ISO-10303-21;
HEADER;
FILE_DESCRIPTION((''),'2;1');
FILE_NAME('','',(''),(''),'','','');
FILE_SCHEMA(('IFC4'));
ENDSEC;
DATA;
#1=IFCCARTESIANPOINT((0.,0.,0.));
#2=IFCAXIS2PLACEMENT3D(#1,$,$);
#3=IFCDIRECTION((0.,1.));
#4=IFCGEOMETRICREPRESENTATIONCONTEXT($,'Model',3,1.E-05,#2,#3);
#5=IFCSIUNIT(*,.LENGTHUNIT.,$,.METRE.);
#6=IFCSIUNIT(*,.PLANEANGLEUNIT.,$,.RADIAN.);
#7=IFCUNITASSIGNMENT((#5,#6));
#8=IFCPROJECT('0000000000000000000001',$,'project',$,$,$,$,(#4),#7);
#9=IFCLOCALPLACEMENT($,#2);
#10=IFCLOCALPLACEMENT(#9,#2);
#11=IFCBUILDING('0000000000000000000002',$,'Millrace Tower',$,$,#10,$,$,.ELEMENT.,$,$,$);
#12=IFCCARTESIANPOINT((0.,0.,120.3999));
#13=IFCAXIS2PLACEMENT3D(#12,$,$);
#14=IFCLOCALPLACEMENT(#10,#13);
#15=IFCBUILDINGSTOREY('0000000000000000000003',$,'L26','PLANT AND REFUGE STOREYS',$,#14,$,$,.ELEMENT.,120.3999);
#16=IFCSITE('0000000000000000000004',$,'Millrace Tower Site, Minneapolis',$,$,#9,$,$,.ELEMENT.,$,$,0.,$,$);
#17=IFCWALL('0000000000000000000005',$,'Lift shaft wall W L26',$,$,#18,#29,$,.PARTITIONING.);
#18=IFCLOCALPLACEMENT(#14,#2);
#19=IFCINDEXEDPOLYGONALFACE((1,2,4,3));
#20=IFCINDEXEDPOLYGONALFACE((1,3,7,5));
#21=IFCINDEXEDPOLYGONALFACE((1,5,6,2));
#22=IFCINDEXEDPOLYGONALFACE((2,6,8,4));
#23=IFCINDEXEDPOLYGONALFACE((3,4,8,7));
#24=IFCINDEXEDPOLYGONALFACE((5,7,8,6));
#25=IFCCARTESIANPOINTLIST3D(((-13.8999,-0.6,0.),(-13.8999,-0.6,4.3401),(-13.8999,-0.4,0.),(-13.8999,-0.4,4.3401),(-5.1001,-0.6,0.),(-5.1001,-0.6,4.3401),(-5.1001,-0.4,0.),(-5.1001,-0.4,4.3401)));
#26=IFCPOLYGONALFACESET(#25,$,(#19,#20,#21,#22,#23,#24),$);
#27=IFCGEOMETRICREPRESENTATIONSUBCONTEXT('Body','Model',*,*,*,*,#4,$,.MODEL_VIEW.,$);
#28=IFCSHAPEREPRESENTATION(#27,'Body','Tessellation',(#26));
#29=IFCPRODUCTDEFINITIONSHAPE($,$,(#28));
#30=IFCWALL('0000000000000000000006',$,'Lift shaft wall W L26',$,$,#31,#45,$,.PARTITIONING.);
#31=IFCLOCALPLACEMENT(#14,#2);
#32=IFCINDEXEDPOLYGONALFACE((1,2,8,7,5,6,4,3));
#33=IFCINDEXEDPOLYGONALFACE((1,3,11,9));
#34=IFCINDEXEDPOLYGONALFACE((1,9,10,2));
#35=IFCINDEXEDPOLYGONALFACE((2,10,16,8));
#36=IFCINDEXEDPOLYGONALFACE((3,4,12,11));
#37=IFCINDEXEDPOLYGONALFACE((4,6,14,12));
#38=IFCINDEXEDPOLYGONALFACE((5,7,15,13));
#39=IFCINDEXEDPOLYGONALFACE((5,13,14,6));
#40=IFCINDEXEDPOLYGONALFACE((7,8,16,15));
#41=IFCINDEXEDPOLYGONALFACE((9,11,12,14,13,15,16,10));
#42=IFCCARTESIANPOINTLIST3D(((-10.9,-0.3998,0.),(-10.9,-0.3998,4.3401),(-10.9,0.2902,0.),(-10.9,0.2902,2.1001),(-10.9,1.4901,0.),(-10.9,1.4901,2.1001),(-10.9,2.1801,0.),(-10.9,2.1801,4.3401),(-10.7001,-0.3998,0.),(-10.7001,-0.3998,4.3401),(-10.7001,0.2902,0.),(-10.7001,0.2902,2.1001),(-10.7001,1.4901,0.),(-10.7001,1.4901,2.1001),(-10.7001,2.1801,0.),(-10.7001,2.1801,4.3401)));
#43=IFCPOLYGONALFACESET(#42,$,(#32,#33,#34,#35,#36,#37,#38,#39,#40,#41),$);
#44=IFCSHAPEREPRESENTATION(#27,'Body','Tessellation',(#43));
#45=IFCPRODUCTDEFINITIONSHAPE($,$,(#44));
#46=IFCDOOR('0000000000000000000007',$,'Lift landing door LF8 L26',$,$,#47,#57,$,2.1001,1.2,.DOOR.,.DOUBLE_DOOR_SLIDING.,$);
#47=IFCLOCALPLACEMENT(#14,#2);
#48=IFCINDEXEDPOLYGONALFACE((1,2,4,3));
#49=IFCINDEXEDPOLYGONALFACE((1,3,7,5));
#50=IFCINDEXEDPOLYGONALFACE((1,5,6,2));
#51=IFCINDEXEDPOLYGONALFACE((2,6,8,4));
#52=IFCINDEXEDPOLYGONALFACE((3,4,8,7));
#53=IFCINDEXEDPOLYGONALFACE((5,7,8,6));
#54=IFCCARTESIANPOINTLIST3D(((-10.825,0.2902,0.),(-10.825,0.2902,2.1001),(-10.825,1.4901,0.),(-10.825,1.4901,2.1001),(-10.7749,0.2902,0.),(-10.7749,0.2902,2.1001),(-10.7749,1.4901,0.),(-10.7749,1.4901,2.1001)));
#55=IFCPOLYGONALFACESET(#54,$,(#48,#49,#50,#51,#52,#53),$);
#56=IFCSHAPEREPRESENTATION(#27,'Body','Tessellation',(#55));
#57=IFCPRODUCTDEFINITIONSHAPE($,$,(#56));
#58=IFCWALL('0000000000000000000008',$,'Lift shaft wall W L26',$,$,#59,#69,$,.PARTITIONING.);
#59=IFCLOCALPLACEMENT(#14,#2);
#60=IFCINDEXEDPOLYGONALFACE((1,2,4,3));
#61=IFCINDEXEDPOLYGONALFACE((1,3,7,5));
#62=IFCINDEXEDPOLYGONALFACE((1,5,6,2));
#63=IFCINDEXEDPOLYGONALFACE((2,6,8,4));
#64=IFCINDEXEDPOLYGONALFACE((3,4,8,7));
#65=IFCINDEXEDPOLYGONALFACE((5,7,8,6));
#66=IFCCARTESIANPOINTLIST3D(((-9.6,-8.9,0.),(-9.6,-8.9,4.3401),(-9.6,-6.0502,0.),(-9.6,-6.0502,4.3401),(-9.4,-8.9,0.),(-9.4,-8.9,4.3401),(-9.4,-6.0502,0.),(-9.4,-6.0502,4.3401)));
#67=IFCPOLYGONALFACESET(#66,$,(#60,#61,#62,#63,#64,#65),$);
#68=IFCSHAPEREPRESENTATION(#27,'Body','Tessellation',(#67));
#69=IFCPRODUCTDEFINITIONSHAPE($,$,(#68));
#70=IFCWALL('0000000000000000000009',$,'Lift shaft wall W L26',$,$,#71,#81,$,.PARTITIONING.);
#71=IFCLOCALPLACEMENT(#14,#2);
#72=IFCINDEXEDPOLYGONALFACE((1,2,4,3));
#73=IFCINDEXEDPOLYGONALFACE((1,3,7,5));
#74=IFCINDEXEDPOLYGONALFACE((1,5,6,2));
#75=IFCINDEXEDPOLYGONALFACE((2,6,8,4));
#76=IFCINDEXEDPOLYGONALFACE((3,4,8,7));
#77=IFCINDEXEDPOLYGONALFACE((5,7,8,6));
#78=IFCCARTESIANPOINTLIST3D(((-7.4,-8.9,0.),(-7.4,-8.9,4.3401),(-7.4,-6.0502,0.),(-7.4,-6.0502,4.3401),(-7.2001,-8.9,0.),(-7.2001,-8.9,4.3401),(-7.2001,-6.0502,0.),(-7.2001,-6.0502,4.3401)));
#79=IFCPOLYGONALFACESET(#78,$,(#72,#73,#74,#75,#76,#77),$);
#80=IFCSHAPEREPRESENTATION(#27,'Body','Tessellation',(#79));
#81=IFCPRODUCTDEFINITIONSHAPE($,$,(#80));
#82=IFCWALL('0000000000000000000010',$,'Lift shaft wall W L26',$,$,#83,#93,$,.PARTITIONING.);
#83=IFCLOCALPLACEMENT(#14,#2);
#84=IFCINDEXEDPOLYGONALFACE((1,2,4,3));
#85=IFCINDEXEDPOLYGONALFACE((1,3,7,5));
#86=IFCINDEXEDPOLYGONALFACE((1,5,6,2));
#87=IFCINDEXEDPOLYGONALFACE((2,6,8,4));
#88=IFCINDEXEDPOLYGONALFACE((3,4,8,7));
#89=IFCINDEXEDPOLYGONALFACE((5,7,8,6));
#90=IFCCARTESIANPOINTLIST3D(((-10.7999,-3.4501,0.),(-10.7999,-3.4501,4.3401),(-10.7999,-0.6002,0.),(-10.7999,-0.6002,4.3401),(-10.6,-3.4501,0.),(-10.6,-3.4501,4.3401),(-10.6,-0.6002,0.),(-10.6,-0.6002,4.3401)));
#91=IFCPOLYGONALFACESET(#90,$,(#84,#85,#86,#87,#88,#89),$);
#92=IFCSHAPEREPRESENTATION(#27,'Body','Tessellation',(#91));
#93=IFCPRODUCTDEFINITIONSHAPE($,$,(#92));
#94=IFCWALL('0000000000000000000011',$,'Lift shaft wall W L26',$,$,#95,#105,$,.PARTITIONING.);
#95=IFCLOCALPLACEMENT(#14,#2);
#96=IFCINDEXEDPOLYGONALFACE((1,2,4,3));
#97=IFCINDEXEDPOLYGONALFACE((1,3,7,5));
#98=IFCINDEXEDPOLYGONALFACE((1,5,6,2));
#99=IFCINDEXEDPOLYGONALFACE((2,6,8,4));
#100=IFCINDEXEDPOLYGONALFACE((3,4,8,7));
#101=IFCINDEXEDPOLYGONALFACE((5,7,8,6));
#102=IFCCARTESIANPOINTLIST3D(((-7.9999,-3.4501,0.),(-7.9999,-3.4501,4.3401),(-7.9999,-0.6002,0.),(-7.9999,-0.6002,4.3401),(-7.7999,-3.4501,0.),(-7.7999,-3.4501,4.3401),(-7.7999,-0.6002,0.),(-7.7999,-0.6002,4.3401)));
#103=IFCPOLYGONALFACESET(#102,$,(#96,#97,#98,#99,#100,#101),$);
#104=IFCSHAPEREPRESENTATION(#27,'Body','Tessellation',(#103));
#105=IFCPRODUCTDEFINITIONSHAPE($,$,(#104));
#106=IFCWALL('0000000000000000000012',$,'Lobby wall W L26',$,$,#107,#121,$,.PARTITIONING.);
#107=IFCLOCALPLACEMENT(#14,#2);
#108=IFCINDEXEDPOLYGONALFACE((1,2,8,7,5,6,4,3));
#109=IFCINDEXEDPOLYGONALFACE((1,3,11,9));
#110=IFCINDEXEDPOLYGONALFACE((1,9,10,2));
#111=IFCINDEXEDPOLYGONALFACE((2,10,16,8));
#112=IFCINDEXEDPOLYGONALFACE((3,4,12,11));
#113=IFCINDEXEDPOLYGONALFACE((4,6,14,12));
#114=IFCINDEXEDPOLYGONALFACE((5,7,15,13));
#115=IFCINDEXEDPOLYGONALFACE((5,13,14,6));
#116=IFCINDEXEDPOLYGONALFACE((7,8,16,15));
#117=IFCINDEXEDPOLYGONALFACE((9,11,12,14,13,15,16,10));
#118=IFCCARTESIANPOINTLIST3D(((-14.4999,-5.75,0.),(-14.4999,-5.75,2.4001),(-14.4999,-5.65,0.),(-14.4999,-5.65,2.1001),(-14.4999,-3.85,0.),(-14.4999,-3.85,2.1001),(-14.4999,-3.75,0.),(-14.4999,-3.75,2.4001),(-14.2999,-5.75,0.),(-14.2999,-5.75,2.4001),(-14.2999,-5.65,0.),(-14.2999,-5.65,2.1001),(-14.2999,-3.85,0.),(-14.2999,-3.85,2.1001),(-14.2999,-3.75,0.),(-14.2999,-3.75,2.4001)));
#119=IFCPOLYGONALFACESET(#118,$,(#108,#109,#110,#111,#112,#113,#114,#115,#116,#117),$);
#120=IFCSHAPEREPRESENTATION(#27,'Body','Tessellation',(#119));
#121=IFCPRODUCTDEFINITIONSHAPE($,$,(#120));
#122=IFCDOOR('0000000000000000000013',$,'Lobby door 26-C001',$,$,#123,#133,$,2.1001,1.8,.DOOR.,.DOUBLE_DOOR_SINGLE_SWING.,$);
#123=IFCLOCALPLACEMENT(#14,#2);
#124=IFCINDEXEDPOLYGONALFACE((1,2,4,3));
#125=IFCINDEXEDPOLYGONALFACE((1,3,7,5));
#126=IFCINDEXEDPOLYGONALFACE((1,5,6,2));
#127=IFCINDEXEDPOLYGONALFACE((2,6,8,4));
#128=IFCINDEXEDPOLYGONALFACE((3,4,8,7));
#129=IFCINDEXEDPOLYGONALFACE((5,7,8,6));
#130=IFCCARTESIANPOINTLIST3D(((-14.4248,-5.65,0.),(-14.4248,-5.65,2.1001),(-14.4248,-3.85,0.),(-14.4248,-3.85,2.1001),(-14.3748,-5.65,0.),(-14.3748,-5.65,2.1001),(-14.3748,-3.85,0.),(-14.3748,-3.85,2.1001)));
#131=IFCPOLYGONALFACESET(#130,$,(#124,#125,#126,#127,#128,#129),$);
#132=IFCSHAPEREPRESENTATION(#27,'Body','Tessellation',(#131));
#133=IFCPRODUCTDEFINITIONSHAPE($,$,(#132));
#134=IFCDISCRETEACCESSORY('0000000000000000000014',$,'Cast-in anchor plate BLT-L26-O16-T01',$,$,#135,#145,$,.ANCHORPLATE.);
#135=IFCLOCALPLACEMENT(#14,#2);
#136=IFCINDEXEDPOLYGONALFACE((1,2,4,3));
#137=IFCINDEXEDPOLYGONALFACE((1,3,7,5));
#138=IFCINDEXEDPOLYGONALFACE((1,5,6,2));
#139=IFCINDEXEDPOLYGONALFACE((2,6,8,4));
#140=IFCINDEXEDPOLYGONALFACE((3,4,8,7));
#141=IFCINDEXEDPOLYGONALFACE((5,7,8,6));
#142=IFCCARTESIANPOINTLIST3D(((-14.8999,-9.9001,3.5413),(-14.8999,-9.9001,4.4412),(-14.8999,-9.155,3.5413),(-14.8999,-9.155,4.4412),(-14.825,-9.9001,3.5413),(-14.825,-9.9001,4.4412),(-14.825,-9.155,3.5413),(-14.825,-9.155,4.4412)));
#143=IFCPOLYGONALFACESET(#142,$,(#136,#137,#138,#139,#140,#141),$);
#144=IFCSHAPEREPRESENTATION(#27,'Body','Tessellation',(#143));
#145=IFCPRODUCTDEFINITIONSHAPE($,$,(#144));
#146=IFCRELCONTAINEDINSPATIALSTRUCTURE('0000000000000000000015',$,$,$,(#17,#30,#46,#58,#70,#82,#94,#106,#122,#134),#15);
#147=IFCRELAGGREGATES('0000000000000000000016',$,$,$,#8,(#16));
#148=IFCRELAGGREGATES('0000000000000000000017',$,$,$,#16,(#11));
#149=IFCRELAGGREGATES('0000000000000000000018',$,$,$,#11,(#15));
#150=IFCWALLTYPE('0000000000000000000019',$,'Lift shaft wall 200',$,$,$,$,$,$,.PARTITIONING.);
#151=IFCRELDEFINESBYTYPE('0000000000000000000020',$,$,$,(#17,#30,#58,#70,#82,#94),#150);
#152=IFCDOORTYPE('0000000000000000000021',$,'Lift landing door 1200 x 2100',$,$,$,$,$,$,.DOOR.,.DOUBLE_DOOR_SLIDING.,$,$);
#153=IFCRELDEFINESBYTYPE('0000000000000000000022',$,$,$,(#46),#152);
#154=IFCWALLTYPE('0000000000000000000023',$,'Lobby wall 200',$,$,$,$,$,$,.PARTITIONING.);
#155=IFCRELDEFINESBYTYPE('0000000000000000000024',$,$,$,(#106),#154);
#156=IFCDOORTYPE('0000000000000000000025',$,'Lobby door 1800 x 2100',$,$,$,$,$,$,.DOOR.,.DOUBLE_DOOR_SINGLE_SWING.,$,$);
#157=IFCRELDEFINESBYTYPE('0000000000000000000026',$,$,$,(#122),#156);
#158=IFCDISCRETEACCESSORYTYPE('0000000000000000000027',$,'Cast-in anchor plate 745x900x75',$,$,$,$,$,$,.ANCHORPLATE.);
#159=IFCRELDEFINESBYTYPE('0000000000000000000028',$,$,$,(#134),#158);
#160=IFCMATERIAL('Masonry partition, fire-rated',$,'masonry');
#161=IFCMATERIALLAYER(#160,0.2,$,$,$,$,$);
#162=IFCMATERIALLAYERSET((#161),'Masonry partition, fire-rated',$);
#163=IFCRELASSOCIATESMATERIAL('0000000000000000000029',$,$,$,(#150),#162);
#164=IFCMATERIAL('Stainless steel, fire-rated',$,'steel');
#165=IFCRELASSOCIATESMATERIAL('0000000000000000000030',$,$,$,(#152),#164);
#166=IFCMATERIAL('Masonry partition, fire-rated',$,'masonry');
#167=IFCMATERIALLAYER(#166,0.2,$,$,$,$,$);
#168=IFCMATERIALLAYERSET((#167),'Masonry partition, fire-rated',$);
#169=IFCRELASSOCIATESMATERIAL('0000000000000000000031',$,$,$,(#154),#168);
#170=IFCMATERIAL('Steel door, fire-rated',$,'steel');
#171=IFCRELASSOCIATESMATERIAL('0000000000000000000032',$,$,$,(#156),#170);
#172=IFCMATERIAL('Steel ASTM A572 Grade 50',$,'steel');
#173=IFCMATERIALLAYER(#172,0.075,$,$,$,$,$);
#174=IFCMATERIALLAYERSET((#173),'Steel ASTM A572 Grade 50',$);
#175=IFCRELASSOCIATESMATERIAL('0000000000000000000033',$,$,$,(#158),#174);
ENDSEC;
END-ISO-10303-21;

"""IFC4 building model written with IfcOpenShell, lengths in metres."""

from ifc_helpers import new_model, si_unit, direction, frame, frame_2d, origin, origin_2d, place, context, subcontext, project, spatial, rectangle, extrude, material, layer, layer_set, type_object, element, fill, save


model = new_model("IFC4")

# Units and contexts
model_context = context("Model", 3, precision=1e-05, world=origin(), true_north=direction((0.0, 1.0)))
body_context = subcontext(model_context, "Body", "Model", "MODEL_VIEW")
ifc_project = project(units=[si_unit("LENGTHUNIT", "METRE"), si_unit("PLANEANGLEUNIT", "RADIAN")], contexts=[model_context])

# Site, building, storey
site_placement = place(None, origin())
site = spatial("IfcSite", under=ifc_project, at=site_placement, Name="Millrace Tower Site, Minneapolis", CompositionType="ELEMENT", RefElevation=0.0)
building_placement = place(site_placement, origin())
building = spatial("IfcBuilding", under=site, at=building_placement, Name="Millrace Tower", CompositionType="ELEMENT")
storey_placement = place(building_placement, frame((0.0, 0.0, 120.3999)))
storey = spatial("IfcBuildingStorey", under=building, at=storey_placement, Name="L26", Description="PLANT AND REFUGE STOREYS", CompositionType="ELEMENT", Elevation=120.3999)

# Shared definitions
ifc_material_1 = material(Name="Masonry partition, fire-rated", Category="masonry")
ifc_layer_1 = layer(ifc_material_1, 0.2)
ifc_layer_set_1 = layer_set([ifc_layer_1], Name="Masonry partition, fire-rated")
wall_type_1 = type_object("IfcWallType", Name="Lift shaft wall 200", PredefinedType="PARTITIONING", material=ifc_layer_set_1)

# Shared definitions
ifc_material_2 = material(Name="Stainless steel, fire-rated", Category="steel")
door_type_1 = type_object("IfcDoorType", Name="Lift landing door 1200 x 2100", OperationType="DOUBLE_DOOR_SLIDING", PredefinedType="DOOR", material=ifc_material_2)

# Wall
wall_1_placement = place(storey_placement, frame((-13.8999, -0.5, 0.0), z_axis=(0.0, 0.0, 1.0), x_axis=(1.0, 0.0, 0.0)))
element("IfcWall", 1, at=wall_1_placement, inside=storey, type_object=wall_type_1, Name="Lift shaft wall W L26", PredefinedType="PARTITIONING", context=body_context, shape_type="SweptSolid", body=[
    extrude(rectangle(XDim=8.7998, YDim=0.2, at=frame_2d((4.3999, 0.0))), origin(), (0.0, 0.0, 1.0), 4.3401),
])

# Wall, opening, door
wall_2_placement = place(storey_placement, frame((-10.8, -0.3999, 0.0), z_axis=(0.0, 0.0, 1.0), x_axis=(0.0, 1.0, 0.0)))
wall_2 = element("IfcWall", 2, at=wall_2_placement, inside=storey, type_object=wall_type_1, Name="Lift shaft wall W L26", PredefinedType="PARTITIONING", context=body_context, shape_type="SweptSolid", body=[
    extrude(rectangle(XDim=2.5798, YDim=0.2, at=frame_2d((1.29, 0.0))), origin(), (0.0, 0.0, 1.0), 4.3401),
])
opening_1_placement = place(wall_2_placement, frame((0.6899, 0.0, 0.0)))
opening_1 = element("IfcOpeningElement", 3, at=opening_1_placement, cuts=wall_2, PredefinedType="OPENING", context=body_context, shape_type="SweptSolid", body=[
    extrude(rectangle(XDim=1.2, YDim=2.1001, at=frame_2d((0.6001, 1.05))), frame((0.0, 0.1099, 0.0), z_axis=(0.0, -1.0, 0.0), x_axis=(1.0, 0.0, 0.0)), (0.0, 0.0, 1.0), 0.22),
])
door_1_placement = place(opening_1_placement, origin())
door_1 = element("IfcDoor", 4, at=door_1_placement, inside=storey, type_object=door_type_1, Name="Lift landing door LF8 L26", OperationType="DOUBLE_DOOR_SLIDING", OverallHeight=2.1001, OverallWidth=1.2, PredefinedType="DOOR", context=body_context, shape_type="SweptSolid", body=[
    extrude(rectangle(XDim=1.2, YDim=2.1001, at=frame_2d((0.6001, 1.05))), frame((0.0, 0.0249, 0.0), z_axis=(0.0, -1.0, 0.0), x_axis=(1.0, 0.0, 0.0)), (0.0, 0.0, 1.0), 0.05),
])
fill(opening_1, door_1)

# Walls
for number, where, z_axis, x_axis, name in (
    (5, (-9.5, -8.8999, 0.0), (0.0, 0.0, 1.0), (0.0, 1.0, 0.0), "Lift shaft wall W L26"),
    (6, (-7.3, -8.8999, 0.0), (0.0, 0.0, 1.0), (0.0, 1.0, 0.0), "Lift shaft wall W L26"),
    (7, (-10.7, -3.45, 0.0), (0.0, 0.0, 1.0), (0.0, 1.0, 0.0), "Lift shaft wall W L26"),
    (8, (-7.8999, -3.45, 0.0), (0.0, 0.0, 1.0), (0.0, 1.0, 0.0), "Lift shaft wall W L26"),
):
    element("IfcWall", number, at=place(storey_placement, frame(where, z_axis=z_axis, x_axis=x_axis)), inside=storey, type_object=wall_type_1, Name=name, PredefinedType="PARTITIONING", context=body_context, shape_type="SweptSolid", body=[
        extrude(rectangle(XDim=2.8499, YDim=0.2, at=frame_2d((1.4248, 0.0))), origin(), (0.0, 0.0, 1.0), 4.3401),
    ])

# Wall, opening, door
ifc_material_3 = material(Name="Masonry partition, fire-rated", Category="masonry")
ifc_layer_2 = layer(ifc_material_3, 0.2)
ifc_layer_set_2 = layer_set([ifc_layer_2], Name="Masonry partition, fire-rated")
wall_type_2 = type_object("IfcWallType", Name="Lobby wall 200", PredefinedType="PARTITIONING", material=ifc_layer_set_2)
wall_3_placement = place(storey_placement, frame((-14.3999, -5.75, 0.0), z_axis=(0.0, 0.0, 1.0), x_axis=(0.0, 1.0, 0.0)))
wall_3 = element("IfcWall", 9, at=wall_3_placement, inside=storey, type_object=wall_type_2, Name="Lobby wall W L26", PredefinedType="PARTITIONING", context=body_context, shape_type="SweptSolid", body=[
    extrude(rectangle(XDim=2.0, YDim=0.2, at=frame_2d((1.0, 0.0))), origin(), (0.0, 0.0, 1.0), 2.4001),
])
opening_2_placement = place(wall_3_placement, frame((0.1001, 0.0, 0.0)))
opening_2 = element("IfcOpeningElement", 10, at=opening_2_placement, cuts=wall_3, PredefinedType="OPENING", context=body_context, shape_type="SweptSolid", body=[
    extrude(rectangle(XDim=1.8, YDim=2.1001, at=frame_2d((0.8999, 1.05))), frame((0.0, 0.1099, 0.0), z_axis=(0.0, -1.0, 0.0), x_axis=(1.0, 0.0, 0.0)), (0.0, 0.0, 1.0), 0.22),
])
ifc_material_4 = material(Name="Steel door, fire-rated", Category="steel")
door_type_2 = type_object("IfcDoorType", Name="Lobby door 1800 x 2100", OperationType="DOUBLE_DOOR_SINGLE_SWING", PredefinedType="DOOR", material=ifc_material_4)
door_2_placement = place(opening_2_placement, origin())
door_2 = element("IfcDoor", 11, at=door_2_placement, inside=storey, type_object=door_type_2, Name="Lobby door 26-C001", OperationType="DOUBLE_DOOR_SINGLE_SWING", OverallHeight=2.1001, OverallWidth=1.8, PredefinedType="DOOR", context=body_context, shape_type="SweptSolid", body=[
    extrude(rectangle(XDim=1.8, YDim=2.1001, at=frame_2d((0.8999, 1.05))), frame((0.0, 0.0249, 0.0), z_axis=(0.0, -1.0, 0.0), x_axis=(1.0, 0.0, 0.0)), (0.0, 0.0, 1.0), 0.05),
])
fill(opening_2, door_2)

# Discrete accessory
ifc_material_5 = material(Name="Steel ASTM A572 Grade 50", Category="steel")
ifc_layer_3 = layer(ifc_material_5, 0.075)
ifc_layer_set_3 = layer_set([ifc_layer_3], Name="Steel ASTM A572 Grade 50")
discrete_accessory_type = type_object("IfcDiscreteAccessoryType", Name="Cast-in anchor plate 745x900x75", PredefinedType="ANCHORPLATE", material=ifc_layer_set_3)
discrete_accessory_placement = place(storey_placement, frame((-14.825, -9.5276, 3.9912), z_axis=(-1.0, 0.0, 0.0), x_axis=(0.0, -1.0, 0.0)))
element("IfcDiscreteAccessory", 12, at=discrete_accessory_placement, inside=storey, type_object=discrete_accessory_type, Name="Cast-in anchor plate BLT-L26-O16-T01", PredefinedType="ANCHORPLATE", context=body_context, shape_type="SweptSolid", body=[
    extrude(rectangle(XDim=0.7451, YDim=0.8999, at=origin_2d()), origin(), (0.0, 0.0, 1.0), 0.075),
])

save(model, "model.ifc")
